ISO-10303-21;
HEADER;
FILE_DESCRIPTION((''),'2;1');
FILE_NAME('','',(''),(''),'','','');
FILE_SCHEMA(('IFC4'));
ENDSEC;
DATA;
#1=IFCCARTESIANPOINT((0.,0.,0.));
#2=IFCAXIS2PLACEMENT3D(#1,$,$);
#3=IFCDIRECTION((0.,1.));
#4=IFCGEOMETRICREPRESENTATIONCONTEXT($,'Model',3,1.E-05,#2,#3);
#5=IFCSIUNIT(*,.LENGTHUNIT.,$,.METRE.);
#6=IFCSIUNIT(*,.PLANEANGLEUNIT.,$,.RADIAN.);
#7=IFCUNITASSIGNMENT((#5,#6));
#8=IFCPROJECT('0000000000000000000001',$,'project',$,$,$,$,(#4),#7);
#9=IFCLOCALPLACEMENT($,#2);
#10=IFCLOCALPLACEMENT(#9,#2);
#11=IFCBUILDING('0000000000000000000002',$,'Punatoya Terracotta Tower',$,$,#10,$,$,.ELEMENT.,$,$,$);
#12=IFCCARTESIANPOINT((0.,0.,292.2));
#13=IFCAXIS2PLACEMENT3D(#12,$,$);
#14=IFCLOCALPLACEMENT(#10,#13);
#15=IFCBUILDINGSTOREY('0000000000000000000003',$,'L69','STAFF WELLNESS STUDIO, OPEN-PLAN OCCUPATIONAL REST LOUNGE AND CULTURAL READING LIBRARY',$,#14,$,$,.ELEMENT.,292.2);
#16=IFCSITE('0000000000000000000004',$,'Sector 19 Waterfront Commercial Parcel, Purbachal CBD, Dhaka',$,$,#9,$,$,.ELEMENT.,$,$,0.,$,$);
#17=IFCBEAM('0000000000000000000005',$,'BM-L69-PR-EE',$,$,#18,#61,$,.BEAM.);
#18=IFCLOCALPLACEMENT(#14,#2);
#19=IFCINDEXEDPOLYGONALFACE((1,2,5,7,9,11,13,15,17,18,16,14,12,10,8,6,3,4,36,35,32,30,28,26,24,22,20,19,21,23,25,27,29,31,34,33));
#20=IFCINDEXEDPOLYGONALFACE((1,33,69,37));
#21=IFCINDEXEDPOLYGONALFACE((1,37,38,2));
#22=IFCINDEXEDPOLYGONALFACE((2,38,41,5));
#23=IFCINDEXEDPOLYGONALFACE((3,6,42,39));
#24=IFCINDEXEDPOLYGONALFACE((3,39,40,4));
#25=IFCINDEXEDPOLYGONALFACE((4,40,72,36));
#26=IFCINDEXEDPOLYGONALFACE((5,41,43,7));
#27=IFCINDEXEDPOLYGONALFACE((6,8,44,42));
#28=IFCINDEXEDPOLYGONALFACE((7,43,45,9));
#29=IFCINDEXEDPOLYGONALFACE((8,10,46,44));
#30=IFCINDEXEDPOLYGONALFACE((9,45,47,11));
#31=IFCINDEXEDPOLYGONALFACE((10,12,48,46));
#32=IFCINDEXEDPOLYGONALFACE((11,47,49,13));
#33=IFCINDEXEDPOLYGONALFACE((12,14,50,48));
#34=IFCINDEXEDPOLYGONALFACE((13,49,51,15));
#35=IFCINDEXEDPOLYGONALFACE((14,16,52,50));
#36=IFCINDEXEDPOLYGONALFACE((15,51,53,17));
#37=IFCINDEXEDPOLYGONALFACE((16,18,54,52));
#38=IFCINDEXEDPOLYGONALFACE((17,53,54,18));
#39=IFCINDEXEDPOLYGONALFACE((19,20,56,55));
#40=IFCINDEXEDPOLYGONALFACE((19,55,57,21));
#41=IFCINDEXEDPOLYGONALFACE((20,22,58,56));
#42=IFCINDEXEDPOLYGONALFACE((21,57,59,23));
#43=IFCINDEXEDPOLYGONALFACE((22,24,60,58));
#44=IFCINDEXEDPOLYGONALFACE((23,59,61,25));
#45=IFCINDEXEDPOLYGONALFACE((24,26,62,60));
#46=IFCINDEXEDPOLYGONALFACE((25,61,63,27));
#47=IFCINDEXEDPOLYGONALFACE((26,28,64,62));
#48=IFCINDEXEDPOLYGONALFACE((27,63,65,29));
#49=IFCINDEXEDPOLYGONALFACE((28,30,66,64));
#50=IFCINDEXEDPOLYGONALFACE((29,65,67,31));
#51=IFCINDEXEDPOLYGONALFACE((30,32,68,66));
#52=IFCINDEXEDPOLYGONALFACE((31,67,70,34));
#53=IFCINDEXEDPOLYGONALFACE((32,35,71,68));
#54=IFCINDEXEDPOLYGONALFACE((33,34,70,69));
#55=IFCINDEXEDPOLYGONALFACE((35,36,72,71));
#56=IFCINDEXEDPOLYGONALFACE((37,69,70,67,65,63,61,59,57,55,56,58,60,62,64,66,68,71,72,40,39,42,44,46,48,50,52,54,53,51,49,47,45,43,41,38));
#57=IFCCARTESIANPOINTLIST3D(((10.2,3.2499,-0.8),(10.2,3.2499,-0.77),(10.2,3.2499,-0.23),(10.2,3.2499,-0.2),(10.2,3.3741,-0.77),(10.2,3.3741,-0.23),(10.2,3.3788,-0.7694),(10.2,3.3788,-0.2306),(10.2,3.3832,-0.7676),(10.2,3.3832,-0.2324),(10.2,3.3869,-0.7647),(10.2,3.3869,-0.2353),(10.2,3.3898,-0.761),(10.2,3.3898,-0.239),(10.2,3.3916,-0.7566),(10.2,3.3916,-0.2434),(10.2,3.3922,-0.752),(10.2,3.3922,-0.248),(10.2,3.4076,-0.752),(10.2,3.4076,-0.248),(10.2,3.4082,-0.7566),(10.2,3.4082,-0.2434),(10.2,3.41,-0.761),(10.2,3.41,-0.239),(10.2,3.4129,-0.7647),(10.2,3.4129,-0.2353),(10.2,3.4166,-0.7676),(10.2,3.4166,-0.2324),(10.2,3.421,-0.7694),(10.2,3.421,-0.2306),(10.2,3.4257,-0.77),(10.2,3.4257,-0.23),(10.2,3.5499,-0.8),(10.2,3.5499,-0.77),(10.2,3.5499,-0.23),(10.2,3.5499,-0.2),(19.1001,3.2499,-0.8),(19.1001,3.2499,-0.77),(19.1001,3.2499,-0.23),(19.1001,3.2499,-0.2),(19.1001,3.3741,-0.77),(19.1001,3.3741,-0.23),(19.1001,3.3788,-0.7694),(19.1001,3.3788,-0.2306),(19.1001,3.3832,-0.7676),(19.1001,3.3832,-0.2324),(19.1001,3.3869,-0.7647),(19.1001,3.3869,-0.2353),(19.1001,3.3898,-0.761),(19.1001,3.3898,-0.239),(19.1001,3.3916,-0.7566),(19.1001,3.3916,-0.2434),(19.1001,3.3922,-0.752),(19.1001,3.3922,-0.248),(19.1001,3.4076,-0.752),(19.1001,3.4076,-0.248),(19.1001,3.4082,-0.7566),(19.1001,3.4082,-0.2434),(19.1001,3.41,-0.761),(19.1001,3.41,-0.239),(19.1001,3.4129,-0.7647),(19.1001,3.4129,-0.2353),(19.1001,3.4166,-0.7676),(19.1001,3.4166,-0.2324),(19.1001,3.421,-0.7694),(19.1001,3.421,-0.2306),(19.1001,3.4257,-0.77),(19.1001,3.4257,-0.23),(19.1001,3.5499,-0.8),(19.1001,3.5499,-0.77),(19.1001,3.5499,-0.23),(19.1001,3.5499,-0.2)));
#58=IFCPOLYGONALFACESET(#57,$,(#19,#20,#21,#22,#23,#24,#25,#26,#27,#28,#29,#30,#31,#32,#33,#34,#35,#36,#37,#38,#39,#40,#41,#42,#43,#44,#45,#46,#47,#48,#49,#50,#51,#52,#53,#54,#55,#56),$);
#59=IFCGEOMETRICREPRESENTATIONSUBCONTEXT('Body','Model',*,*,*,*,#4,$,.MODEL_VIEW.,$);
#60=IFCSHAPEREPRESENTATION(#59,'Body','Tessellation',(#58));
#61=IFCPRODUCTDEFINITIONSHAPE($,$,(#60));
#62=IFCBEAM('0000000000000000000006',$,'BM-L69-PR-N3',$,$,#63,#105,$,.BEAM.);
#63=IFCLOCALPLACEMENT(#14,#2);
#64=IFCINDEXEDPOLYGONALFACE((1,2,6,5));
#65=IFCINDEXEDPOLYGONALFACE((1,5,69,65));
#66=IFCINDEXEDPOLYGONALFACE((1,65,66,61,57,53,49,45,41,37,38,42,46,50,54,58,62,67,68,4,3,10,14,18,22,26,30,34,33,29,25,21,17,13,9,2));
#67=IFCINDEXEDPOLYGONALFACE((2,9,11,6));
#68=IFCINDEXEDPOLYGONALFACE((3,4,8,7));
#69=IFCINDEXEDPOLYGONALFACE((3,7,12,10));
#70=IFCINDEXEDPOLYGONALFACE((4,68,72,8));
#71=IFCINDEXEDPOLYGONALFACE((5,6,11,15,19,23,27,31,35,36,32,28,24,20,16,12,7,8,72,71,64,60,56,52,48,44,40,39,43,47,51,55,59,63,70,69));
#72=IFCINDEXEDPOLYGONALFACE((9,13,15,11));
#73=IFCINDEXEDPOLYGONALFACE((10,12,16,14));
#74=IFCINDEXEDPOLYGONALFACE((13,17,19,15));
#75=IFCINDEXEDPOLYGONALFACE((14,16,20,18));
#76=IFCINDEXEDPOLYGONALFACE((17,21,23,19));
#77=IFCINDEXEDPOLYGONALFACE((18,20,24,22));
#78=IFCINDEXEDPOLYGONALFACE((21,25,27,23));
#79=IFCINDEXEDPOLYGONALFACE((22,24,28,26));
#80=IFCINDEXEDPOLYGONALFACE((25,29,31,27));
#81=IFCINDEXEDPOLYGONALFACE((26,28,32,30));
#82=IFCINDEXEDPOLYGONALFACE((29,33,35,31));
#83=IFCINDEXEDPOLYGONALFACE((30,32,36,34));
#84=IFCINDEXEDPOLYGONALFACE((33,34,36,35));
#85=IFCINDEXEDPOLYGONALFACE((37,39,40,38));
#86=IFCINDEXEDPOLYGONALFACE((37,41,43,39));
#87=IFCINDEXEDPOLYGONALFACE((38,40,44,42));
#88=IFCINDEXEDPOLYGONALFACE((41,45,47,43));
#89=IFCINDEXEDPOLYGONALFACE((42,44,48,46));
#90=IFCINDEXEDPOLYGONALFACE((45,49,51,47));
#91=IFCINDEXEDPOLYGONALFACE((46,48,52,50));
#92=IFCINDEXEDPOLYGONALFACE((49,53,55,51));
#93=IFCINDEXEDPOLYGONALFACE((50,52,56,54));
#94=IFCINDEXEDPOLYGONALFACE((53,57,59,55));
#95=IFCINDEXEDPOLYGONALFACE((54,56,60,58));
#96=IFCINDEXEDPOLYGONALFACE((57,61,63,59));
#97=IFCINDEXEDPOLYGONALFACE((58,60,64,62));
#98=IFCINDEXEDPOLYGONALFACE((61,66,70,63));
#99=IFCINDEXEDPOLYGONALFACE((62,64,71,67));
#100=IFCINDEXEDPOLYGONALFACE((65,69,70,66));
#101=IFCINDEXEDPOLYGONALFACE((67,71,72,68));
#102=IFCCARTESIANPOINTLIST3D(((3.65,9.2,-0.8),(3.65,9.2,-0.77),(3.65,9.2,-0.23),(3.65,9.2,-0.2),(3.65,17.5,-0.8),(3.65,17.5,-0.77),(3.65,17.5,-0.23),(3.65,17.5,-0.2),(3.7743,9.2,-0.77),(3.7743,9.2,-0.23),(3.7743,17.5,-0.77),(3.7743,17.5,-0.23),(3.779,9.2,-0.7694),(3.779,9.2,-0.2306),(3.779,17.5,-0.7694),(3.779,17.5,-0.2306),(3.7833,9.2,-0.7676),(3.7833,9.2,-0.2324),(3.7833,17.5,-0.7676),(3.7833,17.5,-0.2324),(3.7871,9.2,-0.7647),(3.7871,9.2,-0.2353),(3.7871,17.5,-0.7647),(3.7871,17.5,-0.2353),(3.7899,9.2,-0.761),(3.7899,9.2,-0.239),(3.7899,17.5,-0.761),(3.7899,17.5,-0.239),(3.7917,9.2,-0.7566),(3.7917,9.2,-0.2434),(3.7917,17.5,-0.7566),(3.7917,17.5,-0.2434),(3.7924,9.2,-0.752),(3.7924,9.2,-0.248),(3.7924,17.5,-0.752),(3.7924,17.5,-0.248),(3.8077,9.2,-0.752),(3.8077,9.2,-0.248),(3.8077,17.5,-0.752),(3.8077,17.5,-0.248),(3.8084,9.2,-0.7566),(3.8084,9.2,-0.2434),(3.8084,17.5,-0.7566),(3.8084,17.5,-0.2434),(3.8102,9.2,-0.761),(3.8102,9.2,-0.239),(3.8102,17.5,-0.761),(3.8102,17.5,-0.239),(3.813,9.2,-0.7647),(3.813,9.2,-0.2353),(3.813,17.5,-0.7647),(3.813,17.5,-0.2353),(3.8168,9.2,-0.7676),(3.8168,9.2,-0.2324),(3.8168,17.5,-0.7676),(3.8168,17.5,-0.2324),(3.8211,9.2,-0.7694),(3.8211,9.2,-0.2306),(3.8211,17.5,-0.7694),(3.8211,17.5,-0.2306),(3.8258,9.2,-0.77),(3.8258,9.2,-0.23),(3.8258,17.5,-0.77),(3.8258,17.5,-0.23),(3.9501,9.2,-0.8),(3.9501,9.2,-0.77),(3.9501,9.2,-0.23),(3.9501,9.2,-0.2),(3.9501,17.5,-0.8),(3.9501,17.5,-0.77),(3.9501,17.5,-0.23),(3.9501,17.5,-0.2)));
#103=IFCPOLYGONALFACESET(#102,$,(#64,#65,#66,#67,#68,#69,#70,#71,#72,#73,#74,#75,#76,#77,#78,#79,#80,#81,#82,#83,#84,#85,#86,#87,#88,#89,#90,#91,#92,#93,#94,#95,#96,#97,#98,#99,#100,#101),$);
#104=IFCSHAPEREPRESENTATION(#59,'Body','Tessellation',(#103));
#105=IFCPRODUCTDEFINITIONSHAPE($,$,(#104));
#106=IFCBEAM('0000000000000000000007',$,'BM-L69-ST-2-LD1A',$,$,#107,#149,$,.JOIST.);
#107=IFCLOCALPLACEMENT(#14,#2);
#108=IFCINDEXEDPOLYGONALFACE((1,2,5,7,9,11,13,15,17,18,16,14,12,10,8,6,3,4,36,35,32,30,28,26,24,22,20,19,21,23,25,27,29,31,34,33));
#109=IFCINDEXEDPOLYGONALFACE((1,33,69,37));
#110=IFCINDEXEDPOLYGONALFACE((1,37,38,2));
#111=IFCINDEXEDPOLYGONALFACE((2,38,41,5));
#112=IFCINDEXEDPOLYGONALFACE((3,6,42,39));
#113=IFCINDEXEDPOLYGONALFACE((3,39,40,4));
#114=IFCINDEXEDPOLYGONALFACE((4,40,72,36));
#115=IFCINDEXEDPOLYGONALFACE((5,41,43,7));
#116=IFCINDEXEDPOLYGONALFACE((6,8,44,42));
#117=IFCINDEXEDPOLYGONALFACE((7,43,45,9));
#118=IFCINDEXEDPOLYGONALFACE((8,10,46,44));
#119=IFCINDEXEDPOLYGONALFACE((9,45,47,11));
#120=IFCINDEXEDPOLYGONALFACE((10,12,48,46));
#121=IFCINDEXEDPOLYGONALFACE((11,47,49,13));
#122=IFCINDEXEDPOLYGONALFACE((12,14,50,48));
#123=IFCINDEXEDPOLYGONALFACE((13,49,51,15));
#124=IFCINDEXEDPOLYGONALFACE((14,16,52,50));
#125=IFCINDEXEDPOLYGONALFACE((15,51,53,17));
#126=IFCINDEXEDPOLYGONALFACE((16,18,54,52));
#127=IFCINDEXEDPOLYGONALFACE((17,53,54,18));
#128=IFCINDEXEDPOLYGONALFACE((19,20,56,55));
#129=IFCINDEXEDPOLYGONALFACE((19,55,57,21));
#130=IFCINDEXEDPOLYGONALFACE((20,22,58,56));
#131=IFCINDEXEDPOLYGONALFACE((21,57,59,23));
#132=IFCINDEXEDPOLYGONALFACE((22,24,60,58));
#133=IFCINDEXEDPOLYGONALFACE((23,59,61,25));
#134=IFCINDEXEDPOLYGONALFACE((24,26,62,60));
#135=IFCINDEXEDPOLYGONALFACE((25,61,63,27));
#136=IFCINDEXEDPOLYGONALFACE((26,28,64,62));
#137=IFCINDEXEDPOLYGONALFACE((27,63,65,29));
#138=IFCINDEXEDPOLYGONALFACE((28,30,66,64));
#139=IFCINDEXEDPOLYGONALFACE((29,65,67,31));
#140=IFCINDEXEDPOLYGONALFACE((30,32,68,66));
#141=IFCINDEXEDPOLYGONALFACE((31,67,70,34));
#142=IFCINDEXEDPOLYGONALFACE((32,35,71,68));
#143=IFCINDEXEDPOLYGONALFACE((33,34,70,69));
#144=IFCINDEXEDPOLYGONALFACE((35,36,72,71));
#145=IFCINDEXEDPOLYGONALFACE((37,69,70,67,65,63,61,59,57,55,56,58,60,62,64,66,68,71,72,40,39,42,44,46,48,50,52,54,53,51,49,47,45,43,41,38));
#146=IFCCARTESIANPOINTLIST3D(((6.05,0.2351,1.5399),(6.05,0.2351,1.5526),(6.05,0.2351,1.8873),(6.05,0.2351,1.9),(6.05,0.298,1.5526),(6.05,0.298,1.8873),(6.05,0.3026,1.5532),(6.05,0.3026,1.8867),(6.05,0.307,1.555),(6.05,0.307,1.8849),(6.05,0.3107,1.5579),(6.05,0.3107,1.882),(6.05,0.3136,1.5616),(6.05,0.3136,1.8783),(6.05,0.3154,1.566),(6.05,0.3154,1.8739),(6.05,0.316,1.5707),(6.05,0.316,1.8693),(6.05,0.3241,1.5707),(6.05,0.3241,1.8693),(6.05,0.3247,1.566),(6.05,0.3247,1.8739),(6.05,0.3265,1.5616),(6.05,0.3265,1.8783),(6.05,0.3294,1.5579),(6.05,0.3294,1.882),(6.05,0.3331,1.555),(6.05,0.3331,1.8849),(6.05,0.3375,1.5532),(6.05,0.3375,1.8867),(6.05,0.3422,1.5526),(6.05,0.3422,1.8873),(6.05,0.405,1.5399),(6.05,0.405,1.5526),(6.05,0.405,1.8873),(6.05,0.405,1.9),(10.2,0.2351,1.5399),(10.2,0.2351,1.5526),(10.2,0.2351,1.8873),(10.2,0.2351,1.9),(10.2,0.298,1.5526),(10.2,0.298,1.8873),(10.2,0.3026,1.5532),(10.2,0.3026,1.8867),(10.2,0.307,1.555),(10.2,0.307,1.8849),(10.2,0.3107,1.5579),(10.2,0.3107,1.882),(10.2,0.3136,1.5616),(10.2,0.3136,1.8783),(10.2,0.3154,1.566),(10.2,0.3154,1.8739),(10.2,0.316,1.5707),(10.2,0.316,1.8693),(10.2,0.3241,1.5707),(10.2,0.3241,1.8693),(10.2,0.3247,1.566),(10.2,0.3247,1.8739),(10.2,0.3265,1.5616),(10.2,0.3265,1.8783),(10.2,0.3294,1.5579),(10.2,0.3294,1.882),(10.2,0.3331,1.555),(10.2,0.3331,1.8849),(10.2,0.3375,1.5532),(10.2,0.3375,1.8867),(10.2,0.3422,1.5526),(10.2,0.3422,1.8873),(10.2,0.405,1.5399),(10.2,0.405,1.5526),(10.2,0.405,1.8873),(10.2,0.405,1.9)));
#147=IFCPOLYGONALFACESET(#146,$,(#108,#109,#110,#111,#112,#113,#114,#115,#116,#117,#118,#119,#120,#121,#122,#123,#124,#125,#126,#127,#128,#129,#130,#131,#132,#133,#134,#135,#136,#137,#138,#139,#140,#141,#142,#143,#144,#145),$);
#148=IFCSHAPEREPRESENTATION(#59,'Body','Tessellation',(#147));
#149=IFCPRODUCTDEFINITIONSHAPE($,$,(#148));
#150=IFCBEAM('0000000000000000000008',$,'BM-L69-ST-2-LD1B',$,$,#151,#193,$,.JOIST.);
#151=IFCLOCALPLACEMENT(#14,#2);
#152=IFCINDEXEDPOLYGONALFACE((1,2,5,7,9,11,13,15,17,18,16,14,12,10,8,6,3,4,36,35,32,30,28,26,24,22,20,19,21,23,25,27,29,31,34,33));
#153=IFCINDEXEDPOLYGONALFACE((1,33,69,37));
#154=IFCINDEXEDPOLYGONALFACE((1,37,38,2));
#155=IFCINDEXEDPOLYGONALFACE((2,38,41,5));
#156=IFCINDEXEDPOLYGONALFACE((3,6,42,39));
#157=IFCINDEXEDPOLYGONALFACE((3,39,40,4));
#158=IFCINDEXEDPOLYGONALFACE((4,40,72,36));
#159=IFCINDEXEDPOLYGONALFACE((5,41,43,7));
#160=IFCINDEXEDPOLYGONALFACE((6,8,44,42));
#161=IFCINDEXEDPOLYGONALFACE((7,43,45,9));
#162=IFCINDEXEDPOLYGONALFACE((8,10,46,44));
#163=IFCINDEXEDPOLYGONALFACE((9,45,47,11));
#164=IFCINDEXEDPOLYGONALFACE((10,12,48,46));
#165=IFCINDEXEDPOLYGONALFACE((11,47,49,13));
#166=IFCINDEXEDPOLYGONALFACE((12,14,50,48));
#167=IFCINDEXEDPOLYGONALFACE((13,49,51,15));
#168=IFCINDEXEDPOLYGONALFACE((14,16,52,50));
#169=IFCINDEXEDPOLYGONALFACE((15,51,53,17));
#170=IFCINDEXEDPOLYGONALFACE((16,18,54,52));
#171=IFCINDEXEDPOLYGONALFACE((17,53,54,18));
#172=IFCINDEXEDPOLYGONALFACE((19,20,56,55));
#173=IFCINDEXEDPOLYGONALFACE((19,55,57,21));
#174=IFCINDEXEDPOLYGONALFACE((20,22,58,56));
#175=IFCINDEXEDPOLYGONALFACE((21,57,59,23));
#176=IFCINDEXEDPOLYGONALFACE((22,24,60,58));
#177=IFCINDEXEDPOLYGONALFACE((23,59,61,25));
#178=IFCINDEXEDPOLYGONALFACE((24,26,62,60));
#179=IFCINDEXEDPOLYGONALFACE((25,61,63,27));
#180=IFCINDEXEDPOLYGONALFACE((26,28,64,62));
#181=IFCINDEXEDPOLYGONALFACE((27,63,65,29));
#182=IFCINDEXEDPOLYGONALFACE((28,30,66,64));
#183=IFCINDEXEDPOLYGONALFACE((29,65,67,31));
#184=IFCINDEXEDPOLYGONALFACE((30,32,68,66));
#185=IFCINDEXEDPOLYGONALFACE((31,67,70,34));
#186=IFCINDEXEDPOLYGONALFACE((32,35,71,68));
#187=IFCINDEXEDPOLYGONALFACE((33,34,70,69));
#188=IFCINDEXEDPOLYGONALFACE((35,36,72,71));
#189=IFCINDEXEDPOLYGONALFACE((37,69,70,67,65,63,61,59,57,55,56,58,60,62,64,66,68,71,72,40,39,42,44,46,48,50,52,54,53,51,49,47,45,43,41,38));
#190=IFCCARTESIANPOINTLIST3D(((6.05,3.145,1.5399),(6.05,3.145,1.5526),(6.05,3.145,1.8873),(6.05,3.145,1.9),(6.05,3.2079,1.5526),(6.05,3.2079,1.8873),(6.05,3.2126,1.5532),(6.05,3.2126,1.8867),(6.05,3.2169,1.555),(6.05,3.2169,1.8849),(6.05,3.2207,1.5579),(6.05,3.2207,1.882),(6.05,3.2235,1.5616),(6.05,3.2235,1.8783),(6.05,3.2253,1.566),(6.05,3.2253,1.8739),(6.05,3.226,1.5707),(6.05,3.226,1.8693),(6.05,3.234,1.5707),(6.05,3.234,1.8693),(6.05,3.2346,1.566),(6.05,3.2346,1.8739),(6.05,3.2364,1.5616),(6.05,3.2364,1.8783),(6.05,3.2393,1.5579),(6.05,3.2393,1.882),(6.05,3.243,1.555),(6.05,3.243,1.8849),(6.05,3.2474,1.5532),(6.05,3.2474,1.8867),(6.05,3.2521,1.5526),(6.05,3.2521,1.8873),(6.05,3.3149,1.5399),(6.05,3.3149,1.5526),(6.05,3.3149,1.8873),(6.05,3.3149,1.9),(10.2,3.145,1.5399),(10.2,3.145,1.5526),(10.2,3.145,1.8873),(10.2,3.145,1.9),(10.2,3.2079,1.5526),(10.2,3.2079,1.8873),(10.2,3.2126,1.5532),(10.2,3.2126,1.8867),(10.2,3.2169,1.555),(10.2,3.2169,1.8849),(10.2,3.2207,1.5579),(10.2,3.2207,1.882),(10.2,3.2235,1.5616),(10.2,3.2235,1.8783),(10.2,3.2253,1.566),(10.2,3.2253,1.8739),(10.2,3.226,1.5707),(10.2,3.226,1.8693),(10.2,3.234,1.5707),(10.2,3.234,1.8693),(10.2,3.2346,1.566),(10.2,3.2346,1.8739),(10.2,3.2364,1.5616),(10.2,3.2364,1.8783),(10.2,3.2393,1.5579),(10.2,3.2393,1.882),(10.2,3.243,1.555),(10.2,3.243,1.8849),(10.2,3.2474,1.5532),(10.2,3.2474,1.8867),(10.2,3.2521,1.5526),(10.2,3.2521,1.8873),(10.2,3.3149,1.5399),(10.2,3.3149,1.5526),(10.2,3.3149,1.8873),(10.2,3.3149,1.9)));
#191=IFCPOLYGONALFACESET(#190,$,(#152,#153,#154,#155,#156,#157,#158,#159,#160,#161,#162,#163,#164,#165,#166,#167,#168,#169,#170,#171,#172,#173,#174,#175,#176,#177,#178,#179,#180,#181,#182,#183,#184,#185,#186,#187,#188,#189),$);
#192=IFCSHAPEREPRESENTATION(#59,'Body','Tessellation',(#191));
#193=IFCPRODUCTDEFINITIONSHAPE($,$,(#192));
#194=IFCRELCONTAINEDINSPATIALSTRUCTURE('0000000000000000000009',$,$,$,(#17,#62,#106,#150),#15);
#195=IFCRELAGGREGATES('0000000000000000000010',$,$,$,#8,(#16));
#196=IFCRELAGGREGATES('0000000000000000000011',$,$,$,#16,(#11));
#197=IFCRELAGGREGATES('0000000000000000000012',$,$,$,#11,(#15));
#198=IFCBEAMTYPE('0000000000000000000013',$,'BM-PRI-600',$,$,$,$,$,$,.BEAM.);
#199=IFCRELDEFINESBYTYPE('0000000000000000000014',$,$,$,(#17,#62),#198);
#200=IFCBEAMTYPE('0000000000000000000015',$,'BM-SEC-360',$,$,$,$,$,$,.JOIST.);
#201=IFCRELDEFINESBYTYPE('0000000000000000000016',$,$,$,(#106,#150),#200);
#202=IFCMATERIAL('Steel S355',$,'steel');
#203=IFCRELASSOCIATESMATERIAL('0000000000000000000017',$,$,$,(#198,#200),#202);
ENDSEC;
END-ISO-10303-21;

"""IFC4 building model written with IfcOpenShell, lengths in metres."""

from ifc_helpers import new_model, si_unit, direction, frame, origin, origin_2d, place, context, subcontext, project, spatial, i_section, extrude, material, material_profile, profile_set, type_object, element, save


model = new_model("IFC4")

# Units and contexts
model_context = context("Model", 3, precision=1e-05, world=origin(), true_north=direction((0.0, 1.0)))
body_context = subcontext(model_context, "Body", "Model", "MODEL_VIEW")
ifc_project = project(units=[si_unit("LENGTHUNIT", "METRE"), si_unit("PLANEANGLEUNIT", "RADIAN")], contexts=[model_context])

# Site, building, storey
site_placement = place(None, origin())
site = spatial("IfcSite", under=ifc_project, at=site_placement, Name="Sector 19 Waterfront Commercial Parcel, Purbachal CBD, Dhaka", CompositionType="ELEMENT", RefElevation=0.0)
building_placement = place(site_placement, origin())
building = spatial("IfcBuilding", under=site, at=building_placement, Name="Punatoya Terracotta Tower", CompositionType="ELEMENT")
storey_placement = place(building_placement, frame((0.0, 0.0, 292.2)))
storey = spatial("IfcBuildingStorey", under=building, at=storey_placement, Name="L69", Description="STAFF WELLNESS STUDIO, OPEN-PLAN OCCUPATIONAL REST LOUNGE AND CULTURAL READING LIBRARY", CompositionType="ELEMENT", Elevation=292.2)

# Beams
ifc_material_1 = material(Name="Steel S355", Category="steel")
ifc_material_profile_1 = material_profile(ifc_material_1, i_section(OverallWidth=0.3, OverallDepth=0.6001, WebThickness=0.0154, FlangeThickness=0.03, FilletRadius=0.0181, at=origin_2d()))
ifc_profile_set_1 = profile_set([ifc_material_profile_1], Name="Steel S355")
beam_type_1 = type_object("IfcBeamType", Name="BM-PRI-600", PredefinedType="BEAM", material=ifc_profile_set_1)
beam_1_placement = place(storey_placement, frame((10.2, 3.3999, -0.5), z_axis=(1.0, 0.0, 0.0), x_axis=(0.0, 1.0, 0.0)))
element("IfcBeam", 1, at=beam_1_placement, inside=storey, type_object=beam_type_1, Name="BM-L69-PR-EE", PredefinedType="BEAM", context=body_context, shape_type="SweptSolid", body=[
    extrude(i_section(OverallWidth=0.3, OverallDepth=0.6001, WebThickness=0.0154, FlangeThickness=0.03, FilletRadius=0.0181, at=origin_2d()), origin(), (0.0, 0.0, 1.0), 8.9001),
])
beam_2_placement = place(storey_placement, frame((3.8, 9.2, -0.5), z_axis=(0.0, 1.0, 0.0), x_axis=(-1.0, 0.0, 0.0)))
element("IfcBeam", 2, at=beam_2_placement, inside=storey, type_object=beam_type_1, Name="BM-L69-PR-N3", PredefinedType="BEAM", context=body_context, shape_type="SweptSolid", body=[
    extrude(i_section(OverallWidth=0.3, OverallDepth=0.6001, WebThickness=0.0154, FlangeThickness=0.03, FilletRadius=0.0181, at=origin_2d()), origin(), (0.0, 0.0, 1.0), 8.3),
])
ifc_material_profile_2 = material_profile(ifc_material_1, i_section(OverallWidth=0.1699, OverallDepth=0.3601, WebThickness=0.0081, FlangeThickness=0.0127, FilletRadius=0.0181, at=origin_2d()))
ifc_profile_set_2 = profile_set([ifc_material_profile_2], Name="Steel S355")
beam_type_2 = type_object("IfcBeamType", Name="BM-SEC-360", PredefinedType="JOIST", material=ifc_profile_set_2)
for number, where, z_axis, x_axis, name in (
    (3, (6.05, 0.3201, 1.72), (1.0, 0.0, 0.0), (0.0, 1.0, 0.0), "BM-L69-ST-2-LD1A"),
    (4, (6.05, 3.23, 1.72), (1.0, 0.0, 0.0), (0.0, 1.0, 0.0), "BM-L69-ST-2-LD1B"),
):
    element("IfcBeam", number, at=place(storey_placement, frame(where, z_axis=z_axis, x_axis=x_axis)), inside=storey, type_object=beam_type_2, Name=name, PredefinedType="JOIST", context=body_context, shape_type="SweptSolid", body=[
        extrude(i_section(OverallWidth=0.1699, OverallDepth=0.3601, WebThickness=0.0081, FlangeThickness=0.0127, FilletRadius=0.0181, at=origin_2d()), origin(), (0.0, 0.0, 1.0), 4.1499),
    ])

save(model, "model.ifc")
